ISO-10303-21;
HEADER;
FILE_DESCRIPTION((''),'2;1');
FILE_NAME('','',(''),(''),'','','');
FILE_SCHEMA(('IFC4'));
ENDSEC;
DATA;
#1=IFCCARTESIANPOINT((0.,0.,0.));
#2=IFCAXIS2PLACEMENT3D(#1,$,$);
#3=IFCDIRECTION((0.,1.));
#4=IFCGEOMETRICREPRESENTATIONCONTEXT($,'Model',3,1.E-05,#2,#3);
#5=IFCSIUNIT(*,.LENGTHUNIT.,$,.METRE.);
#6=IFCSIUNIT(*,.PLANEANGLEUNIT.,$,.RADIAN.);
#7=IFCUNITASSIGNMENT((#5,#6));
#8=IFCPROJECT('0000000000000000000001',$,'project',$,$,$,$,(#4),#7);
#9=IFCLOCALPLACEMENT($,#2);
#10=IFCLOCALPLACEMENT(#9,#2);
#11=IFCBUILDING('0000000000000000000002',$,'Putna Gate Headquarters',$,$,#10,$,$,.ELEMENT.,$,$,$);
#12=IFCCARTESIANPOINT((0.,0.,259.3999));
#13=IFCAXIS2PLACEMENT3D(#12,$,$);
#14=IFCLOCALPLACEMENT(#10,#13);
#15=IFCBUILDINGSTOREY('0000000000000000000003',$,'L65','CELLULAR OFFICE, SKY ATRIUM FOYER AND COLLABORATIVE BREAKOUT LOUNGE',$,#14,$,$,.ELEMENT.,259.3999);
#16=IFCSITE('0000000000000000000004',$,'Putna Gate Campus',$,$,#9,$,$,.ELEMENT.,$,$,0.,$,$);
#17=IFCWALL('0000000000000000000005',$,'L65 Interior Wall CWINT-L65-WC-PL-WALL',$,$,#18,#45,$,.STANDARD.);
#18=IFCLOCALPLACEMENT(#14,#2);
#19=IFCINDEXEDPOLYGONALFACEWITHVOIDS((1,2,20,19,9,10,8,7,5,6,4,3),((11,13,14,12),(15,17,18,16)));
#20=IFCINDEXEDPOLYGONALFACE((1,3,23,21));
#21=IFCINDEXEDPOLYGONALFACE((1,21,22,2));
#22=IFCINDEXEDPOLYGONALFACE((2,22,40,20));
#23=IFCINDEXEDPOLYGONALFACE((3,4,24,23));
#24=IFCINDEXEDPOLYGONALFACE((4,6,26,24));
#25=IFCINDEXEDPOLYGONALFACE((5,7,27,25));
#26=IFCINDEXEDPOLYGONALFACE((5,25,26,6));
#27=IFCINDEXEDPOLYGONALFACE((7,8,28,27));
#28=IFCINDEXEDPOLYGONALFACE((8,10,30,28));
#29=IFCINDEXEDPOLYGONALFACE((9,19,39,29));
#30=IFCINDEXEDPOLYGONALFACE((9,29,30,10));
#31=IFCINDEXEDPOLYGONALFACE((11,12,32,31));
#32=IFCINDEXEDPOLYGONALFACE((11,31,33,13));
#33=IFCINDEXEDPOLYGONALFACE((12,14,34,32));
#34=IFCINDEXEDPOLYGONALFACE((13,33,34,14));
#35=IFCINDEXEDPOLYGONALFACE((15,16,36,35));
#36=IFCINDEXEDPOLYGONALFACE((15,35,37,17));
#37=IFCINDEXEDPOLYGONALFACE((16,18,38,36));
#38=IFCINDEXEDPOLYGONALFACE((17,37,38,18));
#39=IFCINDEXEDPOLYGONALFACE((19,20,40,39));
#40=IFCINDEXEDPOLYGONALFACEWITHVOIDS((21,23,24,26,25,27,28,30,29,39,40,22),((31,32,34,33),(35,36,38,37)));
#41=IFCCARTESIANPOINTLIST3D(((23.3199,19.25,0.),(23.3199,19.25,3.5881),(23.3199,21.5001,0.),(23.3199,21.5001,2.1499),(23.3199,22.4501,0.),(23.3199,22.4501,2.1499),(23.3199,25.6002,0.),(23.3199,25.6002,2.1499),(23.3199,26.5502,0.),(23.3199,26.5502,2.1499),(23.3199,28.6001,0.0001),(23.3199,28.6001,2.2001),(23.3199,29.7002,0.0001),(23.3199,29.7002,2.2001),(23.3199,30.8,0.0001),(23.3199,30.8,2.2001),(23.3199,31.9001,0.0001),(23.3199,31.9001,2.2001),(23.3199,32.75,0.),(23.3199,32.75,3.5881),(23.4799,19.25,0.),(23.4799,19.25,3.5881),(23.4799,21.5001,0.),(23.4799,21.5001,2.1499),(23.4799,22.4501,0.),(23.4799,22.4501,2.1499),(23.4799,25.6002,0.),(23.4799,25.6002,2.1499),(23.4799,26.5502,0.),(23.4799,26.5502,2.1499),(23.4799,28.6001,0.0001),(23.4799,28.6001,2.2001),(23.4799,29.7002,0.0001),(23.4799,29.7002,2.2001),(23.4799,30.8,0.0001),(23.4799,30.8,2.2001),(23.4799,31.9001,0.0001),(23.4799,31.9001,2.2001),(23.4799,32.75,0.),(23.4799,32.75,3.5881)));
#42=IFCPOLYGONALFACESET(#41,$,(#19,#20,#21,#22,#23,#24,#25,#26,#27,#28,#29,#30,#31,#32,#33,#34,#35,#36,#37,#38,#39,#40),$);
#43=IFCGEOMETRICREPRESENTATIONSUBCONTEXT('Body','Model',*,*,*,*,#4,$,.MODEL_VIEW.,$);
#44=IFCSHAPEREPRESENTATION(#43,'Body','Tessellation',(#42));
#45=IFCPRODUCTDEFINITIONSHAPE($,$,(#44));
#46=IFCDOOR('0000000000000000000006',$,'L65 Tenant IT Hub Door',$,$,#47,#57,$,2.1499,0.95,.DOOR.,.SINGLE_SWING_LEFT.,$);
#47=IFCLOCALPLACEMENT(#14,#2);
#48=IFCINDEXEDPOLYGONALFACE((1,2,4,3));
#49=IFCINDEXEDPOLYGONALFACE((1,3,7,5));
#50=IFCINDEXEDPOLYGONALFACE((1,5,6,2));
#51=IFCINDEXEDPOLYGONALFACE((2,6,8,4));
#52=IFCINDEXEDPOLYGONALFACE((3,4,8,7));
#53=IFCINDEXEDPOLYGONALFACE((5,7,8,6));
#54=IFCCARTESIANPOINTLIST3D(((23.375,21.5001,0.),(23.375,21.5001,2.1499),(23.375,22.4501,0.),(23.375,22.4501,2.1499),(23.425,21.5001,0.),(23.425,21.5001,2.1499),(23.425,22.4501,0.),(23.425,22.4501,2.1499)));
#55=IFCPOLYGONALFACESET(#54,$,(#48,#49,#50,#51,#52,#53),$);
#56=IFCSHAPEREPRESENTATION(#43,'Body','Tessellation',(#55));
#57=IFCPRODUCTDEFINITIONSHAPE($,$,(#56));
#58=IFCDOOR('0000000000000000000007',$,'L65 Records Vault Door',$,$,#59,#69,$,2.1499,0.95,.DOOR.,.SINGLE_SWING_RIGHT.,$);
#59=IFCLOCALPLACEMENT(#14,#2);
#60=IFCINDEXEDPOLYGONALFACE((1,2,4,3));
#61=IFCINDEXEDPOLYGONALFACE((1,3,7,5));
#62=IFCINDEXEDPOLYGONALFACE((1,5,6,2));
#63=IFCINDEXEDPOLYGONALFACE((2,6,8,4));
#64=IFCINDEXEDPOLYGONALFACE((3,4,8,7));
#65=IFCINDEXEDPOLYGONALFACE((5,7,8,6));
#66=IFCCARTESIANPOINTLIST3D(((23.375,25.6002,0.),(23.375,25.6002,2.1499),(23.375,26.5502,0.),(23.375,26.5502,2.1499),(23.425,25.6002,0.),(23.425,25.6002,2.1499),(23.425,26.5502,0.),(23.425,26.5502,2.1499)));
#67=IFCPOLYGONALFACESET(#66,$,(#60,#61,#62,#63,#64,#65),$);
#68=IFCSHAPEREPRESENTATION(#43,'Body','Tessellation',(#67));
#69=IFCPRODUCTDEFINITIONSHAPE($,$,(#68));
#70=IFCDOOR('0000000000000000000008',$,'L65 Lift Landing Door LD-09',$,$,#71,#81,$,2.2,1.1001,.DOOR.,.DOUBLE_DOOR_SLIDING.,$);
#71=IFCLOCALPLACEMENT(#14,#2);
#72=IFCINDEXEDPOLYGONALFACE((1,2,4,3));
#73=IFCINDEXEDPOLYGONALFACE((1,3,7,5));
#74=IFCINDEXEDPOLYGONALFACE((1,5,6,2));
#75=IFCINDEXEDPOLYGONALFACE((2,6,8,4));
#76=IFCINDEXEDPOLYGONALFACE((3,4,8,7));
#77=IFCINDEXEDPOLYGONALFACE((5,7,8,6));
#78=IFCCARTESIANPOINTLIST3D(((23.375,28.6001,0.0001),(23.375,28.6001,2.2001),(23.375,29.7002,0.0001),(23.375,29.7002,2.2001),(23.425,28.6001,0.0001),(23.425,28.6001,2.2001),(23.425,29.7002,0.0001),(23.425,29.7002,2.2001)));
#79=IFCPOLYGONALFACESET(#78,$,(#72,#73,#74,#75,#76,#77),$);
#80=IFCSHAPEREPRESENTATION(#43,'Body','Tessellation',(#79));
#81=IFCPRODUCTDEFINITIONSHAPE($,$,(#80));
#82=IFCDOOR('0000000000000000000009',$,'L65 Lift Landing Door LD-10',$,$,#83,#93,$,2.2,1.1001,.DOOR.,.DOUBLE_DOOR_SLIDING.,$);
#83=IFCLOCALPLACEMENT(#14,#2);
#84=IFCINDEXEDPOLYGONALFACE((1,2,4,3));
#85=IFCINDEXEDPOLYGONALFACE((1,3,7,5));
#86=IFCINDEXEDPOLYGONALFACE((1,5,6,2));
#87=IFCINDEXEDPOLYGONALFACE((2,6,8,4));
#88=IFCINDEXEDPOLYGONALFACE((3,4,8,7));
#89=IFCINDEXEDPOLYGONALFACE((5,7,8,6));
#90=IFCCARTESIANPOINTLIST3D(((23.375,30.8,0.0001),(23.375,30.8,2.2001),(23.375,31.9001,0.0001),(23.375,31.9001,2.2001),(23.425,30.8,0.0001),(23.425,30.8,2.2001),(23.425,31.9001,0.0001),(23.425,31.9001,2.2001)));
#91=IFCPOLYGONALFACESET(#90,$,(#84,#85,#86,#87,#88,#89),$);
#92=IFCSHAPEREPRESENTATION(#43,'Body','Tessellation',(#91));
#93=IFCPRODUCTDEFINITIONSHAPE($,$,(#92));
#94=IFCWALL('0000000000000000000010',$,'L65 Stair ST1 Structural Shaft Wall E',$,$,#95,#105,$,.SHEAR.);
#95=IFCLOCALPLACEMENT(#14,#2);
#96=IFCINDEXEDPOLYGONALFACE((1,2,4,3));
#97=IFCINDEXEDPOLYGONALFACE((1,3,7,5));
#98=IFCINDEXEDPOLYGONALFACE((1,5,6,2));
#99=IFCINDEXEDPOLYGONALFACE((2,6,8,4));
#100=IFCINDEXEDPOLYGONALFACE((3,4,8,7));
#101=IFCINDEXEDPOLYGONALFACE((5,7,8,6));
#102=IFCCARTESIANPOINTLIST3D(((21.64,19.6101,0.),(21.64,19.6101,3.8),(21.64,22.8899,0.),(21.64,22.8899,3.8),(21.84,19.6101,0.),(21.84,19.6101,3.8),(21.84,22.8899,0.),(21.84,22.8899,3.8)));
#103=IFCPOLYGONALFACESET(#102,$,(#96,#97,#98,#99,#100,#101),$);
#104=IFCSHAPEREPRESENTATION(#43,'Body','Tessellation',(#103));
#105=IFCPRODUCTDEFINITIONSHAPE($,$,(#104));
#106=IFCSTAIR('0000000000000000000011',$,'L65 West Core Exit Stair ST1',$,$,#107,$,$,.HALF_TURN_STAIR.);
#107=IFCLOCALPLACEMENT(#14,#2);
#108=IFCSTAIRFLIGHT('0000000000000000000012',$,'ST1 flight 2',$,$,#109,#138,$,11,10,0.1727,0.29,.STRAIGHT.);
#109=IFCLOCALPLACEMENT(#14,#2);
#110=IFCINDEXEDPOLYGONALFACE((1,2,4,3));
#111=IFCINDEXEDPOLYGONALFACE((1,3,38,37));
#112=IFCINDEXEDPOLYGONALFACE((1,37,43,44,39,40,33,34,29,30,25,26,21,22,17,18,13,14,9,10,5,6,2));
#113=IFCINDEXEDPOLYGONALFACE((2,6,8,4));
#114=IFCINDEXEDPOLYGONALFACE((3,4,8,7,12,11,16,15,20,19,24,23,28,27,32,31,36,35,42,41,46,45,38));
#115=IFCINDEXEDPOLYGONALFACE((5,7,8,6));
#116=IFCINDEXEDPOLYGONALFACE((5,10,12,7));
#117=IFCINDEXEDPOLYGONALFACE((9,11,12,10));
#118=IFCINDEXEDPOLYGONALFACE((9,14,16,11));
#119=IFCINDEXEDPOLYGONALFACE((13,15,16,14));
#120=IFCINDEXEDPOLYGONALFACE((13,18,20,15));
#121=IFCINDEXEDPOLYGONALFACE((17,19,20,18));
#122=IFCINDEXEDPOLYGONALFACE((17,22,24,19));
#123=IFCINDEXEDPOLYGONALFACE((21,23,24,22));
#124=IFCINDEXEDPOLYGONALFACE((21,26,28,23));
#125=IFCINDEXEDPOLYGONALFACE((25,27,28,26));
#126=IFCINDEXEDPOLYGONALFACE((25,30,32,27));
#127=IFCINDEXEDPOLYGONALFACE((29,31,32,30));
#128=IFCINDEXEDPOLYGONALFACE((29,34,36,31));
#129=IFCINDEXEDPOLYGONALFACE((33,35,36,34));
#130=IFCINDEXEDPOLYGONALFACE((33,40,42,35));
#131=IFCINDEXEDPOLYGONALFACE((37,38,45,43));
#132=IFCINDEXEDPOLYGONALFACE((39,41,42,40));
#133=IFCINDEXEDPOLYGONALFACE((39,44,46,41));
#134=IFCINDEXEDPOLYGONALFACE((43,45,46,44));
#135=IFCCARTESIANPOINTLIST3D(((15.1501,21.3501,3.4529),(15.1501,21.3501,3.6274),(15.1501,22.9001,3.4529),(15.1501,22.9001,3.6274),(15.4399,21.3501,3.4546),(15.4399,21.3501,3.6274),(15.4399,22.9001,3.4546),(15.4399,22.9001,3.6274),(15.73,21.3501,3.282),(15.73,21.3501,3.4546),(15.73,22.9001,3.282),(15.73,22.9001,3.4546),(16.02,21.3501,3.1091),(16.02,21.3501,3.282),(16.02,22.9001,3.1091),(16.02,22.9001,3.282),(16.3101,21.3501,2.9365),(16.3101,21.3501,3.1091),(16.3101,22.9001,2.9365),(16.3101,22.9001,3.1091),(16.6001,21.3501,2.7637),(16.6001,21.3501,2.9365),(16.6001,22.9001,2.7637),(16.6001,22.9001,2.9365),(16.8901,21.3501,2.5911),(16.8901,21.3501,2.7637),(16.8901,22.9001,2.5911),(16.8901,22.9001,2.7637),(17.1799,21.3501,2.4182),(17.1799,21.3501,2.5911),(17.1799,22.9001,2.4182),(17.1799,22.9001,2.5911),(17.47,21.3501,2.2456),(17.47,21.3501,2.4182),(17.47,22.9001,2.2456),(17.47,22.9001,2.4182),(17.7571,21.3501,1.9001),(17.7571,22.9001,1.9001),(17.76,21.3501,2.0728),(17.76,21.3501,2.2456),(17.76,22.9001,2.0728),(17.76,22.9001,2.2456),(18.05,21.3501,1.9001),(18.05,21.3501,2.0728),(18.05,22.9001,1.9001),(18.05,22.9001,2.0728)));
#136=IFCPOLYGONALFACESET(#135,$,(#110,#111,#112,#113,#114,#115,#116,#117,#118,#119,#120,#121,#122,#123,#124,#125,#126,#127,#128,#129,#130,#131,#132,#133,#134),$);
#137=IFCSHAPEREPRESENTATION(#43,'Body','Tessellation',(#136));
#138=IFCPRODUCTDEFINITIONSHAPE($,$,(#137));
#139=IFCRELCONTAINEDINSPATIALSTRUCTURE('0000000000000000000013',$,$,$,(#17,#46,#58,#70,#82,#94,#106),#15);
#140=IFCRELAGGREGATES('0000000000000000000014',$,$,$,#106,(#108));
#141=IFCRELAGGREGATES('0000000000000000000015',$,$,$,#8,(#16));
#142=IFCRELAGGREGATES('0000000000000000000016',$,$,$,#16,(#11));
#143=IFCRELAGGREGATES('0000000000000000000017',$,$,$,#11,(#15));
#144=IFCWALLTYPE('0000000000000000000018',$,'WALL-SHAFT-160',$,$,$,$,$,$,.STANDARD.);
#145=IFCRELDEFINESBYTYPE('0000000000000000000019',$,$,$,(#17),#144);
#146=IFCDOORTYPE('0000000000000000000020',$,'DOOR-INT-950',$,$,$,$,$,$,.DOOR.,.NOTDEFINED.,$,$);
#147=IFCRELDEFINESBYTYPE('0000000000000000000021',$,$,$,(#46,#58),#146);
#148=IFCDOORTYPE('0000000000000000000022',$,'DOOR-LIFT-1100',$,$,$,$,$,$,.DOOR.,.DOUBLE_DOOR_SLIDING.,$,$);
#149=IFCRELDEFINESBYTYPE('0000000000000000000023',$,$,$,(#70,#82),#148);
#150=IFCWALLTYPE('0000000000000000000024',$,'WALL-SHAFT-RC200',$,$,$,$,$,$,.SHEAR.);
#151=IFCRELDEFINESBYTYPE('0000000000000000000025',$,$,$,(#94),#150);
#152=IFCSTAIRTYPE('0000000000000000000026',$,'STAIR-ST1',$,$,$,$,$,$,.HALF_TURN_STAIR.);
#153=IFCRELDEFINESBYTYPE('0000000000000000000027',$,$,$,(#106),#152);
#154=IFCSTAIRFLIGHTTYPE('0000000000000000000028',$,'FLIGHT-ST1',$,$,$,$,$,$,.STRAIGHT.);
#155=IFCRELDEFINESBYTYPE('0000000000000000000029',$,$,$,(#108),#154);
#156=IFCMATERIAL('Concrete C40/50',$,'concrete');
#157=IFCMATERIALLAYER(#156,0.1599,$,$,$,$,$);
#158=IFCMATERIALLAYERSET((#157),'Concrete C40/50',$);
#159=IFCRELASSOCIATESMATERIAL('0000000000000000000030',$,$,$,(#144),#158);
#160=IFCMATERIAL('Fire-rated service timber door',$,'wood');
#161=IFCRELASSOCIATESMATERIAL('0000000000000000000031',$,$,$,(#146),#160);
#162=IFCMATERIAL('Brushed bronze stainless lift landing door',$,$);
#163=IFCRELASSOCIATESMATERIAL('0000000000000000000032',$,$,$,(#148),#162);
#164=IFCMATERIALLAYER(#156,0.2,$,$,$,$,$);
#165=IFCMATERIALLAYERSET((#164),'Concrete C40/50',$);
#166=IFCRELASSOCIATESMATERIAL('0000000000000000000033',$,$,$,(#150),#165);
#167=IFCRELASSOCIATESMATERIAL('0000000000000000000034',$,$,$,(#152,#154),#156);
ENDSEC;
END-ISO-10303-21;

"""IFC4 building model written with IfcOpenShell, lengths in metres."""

from ifc_helpers import new_model, si_unit, direction, frame, frame_2d, origin, place, context, subcontext, project, spatial, polyline, rectangle, outline, extrude, material, layer, layer_set, type_object, element, fill, aggregate, save


model = new_model("IFC4")

# Units and contexts
model_context = context("Model", 3, precision=1e-05, world=origin(), true_north=direction((0.0, 1.0)))
body_context = subcontext(model_context, "Body", "Model", "MODEL_VIEW")
ifc_project = project(units=[si_unit("LENGTHUNIT", "METRE"), si_unit("PLANEANGLEUNIT", "RADIAN")], contexts=[model_context])

# Site, building, storey
site_placement = place(None, origin())
site = spatial("IfcSite", under=ifc_project, at=site_placement, Name="Putna Gate Campus", CompositionType="ELEMENT", RefElevation=0.0)
building_placement = place(site_placement, origin())
building = spatial("IfcBuilding", under=site, at=building_placement, Name="Putna Gate Headquarters", CompositionType="ELEMENT")
storey_placement = place(building_placement, frame((0.0, 0.0, 259.3999)))
storey = spatial("IfcBuildingStorey", under=building, at=storey_placement, Name="L65", Description="CELLULAR OFFICE, SKY ATRIUM FOYER AND COLLABORATIVE BREAKOUT LOUNGE", CompositionType="ELEMENT", Elevation=259.3999)

# Wall, openings, doors
ifc_material_1 = material(Name="Concrete C40/50", Category="concrete")
ifc_layer_1 = layer(ifc_material_1, 0.1599)
ifc_layer_set_1 = layer_set([ifc_layer_1], Name="Concrete C40/50")
wall_type_1 = type_object("IfcWallType", Name="WALL-SHAFT-160", PredefinedType="STANDARD", material=ifc_layer_set_1)
wall_1_placement = place(storey_placement, frame((23.3999, 19.25, 0.0), z_axis=(0.0, 0.0, 1.0), x_axis=(0.0, 1.0, 0.0)))
wall_1 = element("IfcWall", 1, at=wall_1_placement, inside=storey, type_object=wall_type_1, Name="L65 Interior Wall CWINT-L65-WC-PL-WALL", PredefinedType="STANDARD", context=body_context, shape_type="SweptSolid", body=[
    extrude(rectangle(XDim=13.5, YDim=0.1599, at=frame_2d((6.75, 0.0))), origin(), (0.0, 0.0, 1.0), 3.5881),
])
opening_1_placement = place(wall_1_placement, frame((2.25, 0.0, 0.0)))
opening_1 = element("IfcOpeningElement", 2, at=opening_1_placement, cuts=wall_1, PredefinedType="OPENING", context=body_context, shape_type="SweptSolid", body=[
    extrude(rectangle(XDim=0.95, YDim=2.1499, at=frame_2d((0.4751, 1.075))), frame((0.0, 0.0898, 0.0), z_axis=(0.0, -1.0, 0.0), x_axis=(1.0, 0.0, 0.0)), (0.0, 0.0, 1.0), 0.1799),
])
opening_2_placement = place(wall_1_placement, frame((6.3501, 0.0, 0.0)))
opening_2 = element("IfcOpeningElement", 3, at=opening_2_placement, cuts=wall_1, PredefinedType="OPENING", context=body_context, shape_type="SweptSolid", body=[
    extrude(rectangle(XDim=0.95, YDim=2.1499, at=frame_2d((0.4751, 1.075))), frame((0.0, 0.0898, 0.0), z_axis=(0.0, -1.0, 0.0), x_axis=(1.0, 0.0, 0.0)), (0.0, 0.0, 1.0), 0.1799),
])
opening_3_placement = place(wall_1_placement, frame((9.3501, 0.0, 0.0)))
opening_3 = element("IfcOpeningElement", 4, at=opening_3_placement, cuts=wall_1, PredefinedType="OPENING", context=body_context, shape_type="SweptSolid", body=[
    extrude(rectangle(XDim=1.1001, YDim=2.2, at=frame_2d((0.55, 1.1001))), frame((0.0, 0.0898, 0.0), z_axis=(0.0, -1.0, 0.0), x_axis=(1.0, 0.0, 0.0)), (0.0, 0.0, 1.0), 0.1799),
])
opening_4_placement = place(wall_1_placement, frame((11.55, 0.0, 0.0)))
opening_4 = element("IfcOpeningElement", 5, at=opening_4_placement, cuts=wall_1, PredefinedType="OPENING", context=body_context, shape_type="SweptSolid", body=[
    extrude(rectangle(XDim=1.1001, YDim=2.2, at=frame_2d((0.55, 1.1001))), frame((0.0, 0.0898, 0.0), z_axis=(0.0, -1.0, 0.0), x_axis=(1.0, 0.0, 0.0)), (0.0, 0.0, 1.0), 0.1799),
])
ifc_material_2 = material(Name="Fire-rated service timber door", Category="wood")
door_type_1 = type_object("IfcDoorType", Name="DOOR-INT-950", OperationType="NOTDEFINED", PredefinedType="DOOR", material=ifc_material_2)
door_1_placement = place(opening_1_placement, origin())
door_1 = element("IfcDoor", 6, at=door_1_placement, inside=storey, type_object=door_type_1, Name="L65 Tenant IT Hub Door", OperationType="SINGLE_SWING_LEFT", OverallHeight=2.1499, OverallWidth=0.95, PredefinedType="DOOR", context=body_context, shape_type="SweptSolid", body=[
    extrude(rectangle(XDim=0.95, YDim=2.1499, at=frame_2d((0.4751, 1.075))), frame((0.0, 0.0249, 0.0), z_axis=(0.0, -1.0, 0.0), x_axis=(1.0, 0.0, 0.0)), (0.0, 0.0, 1.0), 0.05),
])
fill(opening_1, door_1)
door_2_placement = place(opening_2_placement, origin())
door_2 = element("IfcDoor", 7, at=door_2_placement, inside=storey, type_object=door_type_1, Name="L65 Records Vault Door", OperationType="SINGLE_SWING_RIGHT", OverallHeight=2.1499, OverallWidth=0.95, PredefinedType="DOOR", context=body_context, shape_type="SweptSolid", body=[
    extrude(rectangle(XDim=0.95, YDim=2.1499, at=frame_2d((0.4751, 1.075))), frame((0.0, 0.0249, 0.0), z_axis=(0.0, -1.0, 0.0), x_axis=(1.0, 0.0, 0.0)), (0.0, 0.0, 1.0), 0.05),
])
fill(opening_2, door_2)
ifc_material_3 = material(Name="Brushed bronze stainless lift landing door")
door_type_2 = type_object("IfcDoorType", Name="DOOR-LIFT-1100", OperationType="DOUBLE_DOOR_SLIDING", PredefinedType="DOOR", material=ifc_material_3)
door_3_placement = place(opening_3_placement, origin())
door_3 = element("IfcDoor", 8, at=door_3_placement, inside=storey, type_object=door_type_2, Name="L65 Lift Landing Door LD-09", OperationType="DOUBLE_DOOR_SLIDING", OverallHeight=2.2, OverallWidth=1.1001, PredefinedType="DOOR", context=body_context, shape_type="SweptSolid", body=[
    extrude(rectangle(XDim=1.1001, YDim=2.2, at=frame_2d((0.55, 1.1001))), frame((0.0, 0.0249, 0.0), z_axis=(0.0, -1.0, 0.0), x_axis=(1.0, 0.0, 0.0)), (0.0, 0.0, 1.0), 0.05),
])
fill(opening_3, door_3)
door_4_placement = place(opening_4_placement, origin())
door_4 = element("IfcDoor", 9, at=door_4_placement, inside=storey, type_object=door_type_2, Name="L65 Lift Landing Door LD-10", OperationType="DOUBLE_DOOR_SLIDING", OverallHeight=2.2, OverallWidth=1.1001, PredefinedType="DOOR", context=body_context, shape_type="SweptSolid", body=[
    extrude(rectangle(XDim=1.1001, YDim=2.2, at=frame_2d((0.55, 1.1001))), frame((0.0, 0.0249, 0.0), z_axis=(0.0, -1.0, 0.0), x_axis=(1.0, 0.0, 0.0)), (0.0, 0.0, 1.0), 0.05),
])
fill(opening_4, door_4)

# Wall
ifc_layer_2 = layer(ifc_material_1, 0.2)
ifc_layer_set_2 = layer_set([ifc_layer_2], Name="Concrete C40/50")
wall_type_2 = type_object("IfcWallType", Name="WALL-SHAFT-RC200", PredefinedType="SHEAR", material=ifc_layer_set_2)
wall_2_placement = place(storey_placement, frame((21.74, 19.6101, 0.0), z_axis=(0.0, 0.0, 1.0), x_axis=(0.0, 1.0, 0.0)))
element("IfcWall", 10, at=wall_2_placement, inside=storey, type_object=wall_type_2, Name="L65 Stair ST1 Structural Shaft Wall E", PredefinedType="SHEAR", context=body_context, shape_type="SweptSolid", body=[
    extrude(rectangle(XDim=3.2798, YDim=0.2, at=frame_2d((1.6399, 0.0))), origin(), (0.0, 0.0, 1.0), 3.8),
])

# Stair, stair flight
stair_type = type_object("IfcStairType", Name="STAIR-ST1", PredefinedType="HALF_TURN_STAIR", material=ifc_material_1)
stair_placement = place(storey_placement, origin())
stair = element("IfcStair", 11, at=stair_placement, inside=storey, type_object=stair_type, Name="L65 West Core Exit Stair ST1", PredefinedType="HALF_TURN_STAIR")
stair_flight_type = type_object("IfcStairFlightType", Name="FLIGHT-ST1", PredefinedType="STRAIGHT", material=ifc_material_1)
stair_flight_placement = place(storey_placement, frame((18.05, 22.125, 1.9001), z_axis=(0.0, 0.0, 1.0), x_axis=(-1.0, 0.0, 0.0)))
stair_flight = element("IfcStairFlight", 12, at=stair_flight_placement, type_object=stair_flight_type, Name="ST1 flight 2", NumberOfRisers=11, NumberOfTreads=10, PredefinedType="STRAIGHT", RiserHeight=0.1727, TreadLength=0.29, context=body_context, shape_type="SweptSolid", body=[
    extrude(outline(polyline([(0.0, 0.0), (0.0, 0.1726), (0.29, 0.1726), (0.29, 0.3455), (0.5801, 0.3455), (0.5801, 0.5181), (0.8701, 0.5181), (0.8701, 0.6909), (1.1599, 0.6909), (1.1599, 0.8635), (1.45, 0.8635), (1.45, 1.0364), (1.74, 1.0364), (1.74, 1.209), (2.03, 1.209), (2.03, 1.3818), (2.3201, 1.3818), (2.3201, 1.5544), (2.6101, 1.5544), (2.6101, 1.7273), (2.8999, 1.7273), (2.8999, 1.8999), (2.8999, 1.5527), (0.293, 0.0), (0.0, 0.0)])), frame((0.0, 0.7749, 0.0), z_axis=(0.0, -1.0, 0.0), x_axis=(1.0, 0.0, 0.0)), (0.0, 0.0, 1.0), 1.55),
])
aggregate(stair, [stair_flight])

save(model, "model.ifc")
